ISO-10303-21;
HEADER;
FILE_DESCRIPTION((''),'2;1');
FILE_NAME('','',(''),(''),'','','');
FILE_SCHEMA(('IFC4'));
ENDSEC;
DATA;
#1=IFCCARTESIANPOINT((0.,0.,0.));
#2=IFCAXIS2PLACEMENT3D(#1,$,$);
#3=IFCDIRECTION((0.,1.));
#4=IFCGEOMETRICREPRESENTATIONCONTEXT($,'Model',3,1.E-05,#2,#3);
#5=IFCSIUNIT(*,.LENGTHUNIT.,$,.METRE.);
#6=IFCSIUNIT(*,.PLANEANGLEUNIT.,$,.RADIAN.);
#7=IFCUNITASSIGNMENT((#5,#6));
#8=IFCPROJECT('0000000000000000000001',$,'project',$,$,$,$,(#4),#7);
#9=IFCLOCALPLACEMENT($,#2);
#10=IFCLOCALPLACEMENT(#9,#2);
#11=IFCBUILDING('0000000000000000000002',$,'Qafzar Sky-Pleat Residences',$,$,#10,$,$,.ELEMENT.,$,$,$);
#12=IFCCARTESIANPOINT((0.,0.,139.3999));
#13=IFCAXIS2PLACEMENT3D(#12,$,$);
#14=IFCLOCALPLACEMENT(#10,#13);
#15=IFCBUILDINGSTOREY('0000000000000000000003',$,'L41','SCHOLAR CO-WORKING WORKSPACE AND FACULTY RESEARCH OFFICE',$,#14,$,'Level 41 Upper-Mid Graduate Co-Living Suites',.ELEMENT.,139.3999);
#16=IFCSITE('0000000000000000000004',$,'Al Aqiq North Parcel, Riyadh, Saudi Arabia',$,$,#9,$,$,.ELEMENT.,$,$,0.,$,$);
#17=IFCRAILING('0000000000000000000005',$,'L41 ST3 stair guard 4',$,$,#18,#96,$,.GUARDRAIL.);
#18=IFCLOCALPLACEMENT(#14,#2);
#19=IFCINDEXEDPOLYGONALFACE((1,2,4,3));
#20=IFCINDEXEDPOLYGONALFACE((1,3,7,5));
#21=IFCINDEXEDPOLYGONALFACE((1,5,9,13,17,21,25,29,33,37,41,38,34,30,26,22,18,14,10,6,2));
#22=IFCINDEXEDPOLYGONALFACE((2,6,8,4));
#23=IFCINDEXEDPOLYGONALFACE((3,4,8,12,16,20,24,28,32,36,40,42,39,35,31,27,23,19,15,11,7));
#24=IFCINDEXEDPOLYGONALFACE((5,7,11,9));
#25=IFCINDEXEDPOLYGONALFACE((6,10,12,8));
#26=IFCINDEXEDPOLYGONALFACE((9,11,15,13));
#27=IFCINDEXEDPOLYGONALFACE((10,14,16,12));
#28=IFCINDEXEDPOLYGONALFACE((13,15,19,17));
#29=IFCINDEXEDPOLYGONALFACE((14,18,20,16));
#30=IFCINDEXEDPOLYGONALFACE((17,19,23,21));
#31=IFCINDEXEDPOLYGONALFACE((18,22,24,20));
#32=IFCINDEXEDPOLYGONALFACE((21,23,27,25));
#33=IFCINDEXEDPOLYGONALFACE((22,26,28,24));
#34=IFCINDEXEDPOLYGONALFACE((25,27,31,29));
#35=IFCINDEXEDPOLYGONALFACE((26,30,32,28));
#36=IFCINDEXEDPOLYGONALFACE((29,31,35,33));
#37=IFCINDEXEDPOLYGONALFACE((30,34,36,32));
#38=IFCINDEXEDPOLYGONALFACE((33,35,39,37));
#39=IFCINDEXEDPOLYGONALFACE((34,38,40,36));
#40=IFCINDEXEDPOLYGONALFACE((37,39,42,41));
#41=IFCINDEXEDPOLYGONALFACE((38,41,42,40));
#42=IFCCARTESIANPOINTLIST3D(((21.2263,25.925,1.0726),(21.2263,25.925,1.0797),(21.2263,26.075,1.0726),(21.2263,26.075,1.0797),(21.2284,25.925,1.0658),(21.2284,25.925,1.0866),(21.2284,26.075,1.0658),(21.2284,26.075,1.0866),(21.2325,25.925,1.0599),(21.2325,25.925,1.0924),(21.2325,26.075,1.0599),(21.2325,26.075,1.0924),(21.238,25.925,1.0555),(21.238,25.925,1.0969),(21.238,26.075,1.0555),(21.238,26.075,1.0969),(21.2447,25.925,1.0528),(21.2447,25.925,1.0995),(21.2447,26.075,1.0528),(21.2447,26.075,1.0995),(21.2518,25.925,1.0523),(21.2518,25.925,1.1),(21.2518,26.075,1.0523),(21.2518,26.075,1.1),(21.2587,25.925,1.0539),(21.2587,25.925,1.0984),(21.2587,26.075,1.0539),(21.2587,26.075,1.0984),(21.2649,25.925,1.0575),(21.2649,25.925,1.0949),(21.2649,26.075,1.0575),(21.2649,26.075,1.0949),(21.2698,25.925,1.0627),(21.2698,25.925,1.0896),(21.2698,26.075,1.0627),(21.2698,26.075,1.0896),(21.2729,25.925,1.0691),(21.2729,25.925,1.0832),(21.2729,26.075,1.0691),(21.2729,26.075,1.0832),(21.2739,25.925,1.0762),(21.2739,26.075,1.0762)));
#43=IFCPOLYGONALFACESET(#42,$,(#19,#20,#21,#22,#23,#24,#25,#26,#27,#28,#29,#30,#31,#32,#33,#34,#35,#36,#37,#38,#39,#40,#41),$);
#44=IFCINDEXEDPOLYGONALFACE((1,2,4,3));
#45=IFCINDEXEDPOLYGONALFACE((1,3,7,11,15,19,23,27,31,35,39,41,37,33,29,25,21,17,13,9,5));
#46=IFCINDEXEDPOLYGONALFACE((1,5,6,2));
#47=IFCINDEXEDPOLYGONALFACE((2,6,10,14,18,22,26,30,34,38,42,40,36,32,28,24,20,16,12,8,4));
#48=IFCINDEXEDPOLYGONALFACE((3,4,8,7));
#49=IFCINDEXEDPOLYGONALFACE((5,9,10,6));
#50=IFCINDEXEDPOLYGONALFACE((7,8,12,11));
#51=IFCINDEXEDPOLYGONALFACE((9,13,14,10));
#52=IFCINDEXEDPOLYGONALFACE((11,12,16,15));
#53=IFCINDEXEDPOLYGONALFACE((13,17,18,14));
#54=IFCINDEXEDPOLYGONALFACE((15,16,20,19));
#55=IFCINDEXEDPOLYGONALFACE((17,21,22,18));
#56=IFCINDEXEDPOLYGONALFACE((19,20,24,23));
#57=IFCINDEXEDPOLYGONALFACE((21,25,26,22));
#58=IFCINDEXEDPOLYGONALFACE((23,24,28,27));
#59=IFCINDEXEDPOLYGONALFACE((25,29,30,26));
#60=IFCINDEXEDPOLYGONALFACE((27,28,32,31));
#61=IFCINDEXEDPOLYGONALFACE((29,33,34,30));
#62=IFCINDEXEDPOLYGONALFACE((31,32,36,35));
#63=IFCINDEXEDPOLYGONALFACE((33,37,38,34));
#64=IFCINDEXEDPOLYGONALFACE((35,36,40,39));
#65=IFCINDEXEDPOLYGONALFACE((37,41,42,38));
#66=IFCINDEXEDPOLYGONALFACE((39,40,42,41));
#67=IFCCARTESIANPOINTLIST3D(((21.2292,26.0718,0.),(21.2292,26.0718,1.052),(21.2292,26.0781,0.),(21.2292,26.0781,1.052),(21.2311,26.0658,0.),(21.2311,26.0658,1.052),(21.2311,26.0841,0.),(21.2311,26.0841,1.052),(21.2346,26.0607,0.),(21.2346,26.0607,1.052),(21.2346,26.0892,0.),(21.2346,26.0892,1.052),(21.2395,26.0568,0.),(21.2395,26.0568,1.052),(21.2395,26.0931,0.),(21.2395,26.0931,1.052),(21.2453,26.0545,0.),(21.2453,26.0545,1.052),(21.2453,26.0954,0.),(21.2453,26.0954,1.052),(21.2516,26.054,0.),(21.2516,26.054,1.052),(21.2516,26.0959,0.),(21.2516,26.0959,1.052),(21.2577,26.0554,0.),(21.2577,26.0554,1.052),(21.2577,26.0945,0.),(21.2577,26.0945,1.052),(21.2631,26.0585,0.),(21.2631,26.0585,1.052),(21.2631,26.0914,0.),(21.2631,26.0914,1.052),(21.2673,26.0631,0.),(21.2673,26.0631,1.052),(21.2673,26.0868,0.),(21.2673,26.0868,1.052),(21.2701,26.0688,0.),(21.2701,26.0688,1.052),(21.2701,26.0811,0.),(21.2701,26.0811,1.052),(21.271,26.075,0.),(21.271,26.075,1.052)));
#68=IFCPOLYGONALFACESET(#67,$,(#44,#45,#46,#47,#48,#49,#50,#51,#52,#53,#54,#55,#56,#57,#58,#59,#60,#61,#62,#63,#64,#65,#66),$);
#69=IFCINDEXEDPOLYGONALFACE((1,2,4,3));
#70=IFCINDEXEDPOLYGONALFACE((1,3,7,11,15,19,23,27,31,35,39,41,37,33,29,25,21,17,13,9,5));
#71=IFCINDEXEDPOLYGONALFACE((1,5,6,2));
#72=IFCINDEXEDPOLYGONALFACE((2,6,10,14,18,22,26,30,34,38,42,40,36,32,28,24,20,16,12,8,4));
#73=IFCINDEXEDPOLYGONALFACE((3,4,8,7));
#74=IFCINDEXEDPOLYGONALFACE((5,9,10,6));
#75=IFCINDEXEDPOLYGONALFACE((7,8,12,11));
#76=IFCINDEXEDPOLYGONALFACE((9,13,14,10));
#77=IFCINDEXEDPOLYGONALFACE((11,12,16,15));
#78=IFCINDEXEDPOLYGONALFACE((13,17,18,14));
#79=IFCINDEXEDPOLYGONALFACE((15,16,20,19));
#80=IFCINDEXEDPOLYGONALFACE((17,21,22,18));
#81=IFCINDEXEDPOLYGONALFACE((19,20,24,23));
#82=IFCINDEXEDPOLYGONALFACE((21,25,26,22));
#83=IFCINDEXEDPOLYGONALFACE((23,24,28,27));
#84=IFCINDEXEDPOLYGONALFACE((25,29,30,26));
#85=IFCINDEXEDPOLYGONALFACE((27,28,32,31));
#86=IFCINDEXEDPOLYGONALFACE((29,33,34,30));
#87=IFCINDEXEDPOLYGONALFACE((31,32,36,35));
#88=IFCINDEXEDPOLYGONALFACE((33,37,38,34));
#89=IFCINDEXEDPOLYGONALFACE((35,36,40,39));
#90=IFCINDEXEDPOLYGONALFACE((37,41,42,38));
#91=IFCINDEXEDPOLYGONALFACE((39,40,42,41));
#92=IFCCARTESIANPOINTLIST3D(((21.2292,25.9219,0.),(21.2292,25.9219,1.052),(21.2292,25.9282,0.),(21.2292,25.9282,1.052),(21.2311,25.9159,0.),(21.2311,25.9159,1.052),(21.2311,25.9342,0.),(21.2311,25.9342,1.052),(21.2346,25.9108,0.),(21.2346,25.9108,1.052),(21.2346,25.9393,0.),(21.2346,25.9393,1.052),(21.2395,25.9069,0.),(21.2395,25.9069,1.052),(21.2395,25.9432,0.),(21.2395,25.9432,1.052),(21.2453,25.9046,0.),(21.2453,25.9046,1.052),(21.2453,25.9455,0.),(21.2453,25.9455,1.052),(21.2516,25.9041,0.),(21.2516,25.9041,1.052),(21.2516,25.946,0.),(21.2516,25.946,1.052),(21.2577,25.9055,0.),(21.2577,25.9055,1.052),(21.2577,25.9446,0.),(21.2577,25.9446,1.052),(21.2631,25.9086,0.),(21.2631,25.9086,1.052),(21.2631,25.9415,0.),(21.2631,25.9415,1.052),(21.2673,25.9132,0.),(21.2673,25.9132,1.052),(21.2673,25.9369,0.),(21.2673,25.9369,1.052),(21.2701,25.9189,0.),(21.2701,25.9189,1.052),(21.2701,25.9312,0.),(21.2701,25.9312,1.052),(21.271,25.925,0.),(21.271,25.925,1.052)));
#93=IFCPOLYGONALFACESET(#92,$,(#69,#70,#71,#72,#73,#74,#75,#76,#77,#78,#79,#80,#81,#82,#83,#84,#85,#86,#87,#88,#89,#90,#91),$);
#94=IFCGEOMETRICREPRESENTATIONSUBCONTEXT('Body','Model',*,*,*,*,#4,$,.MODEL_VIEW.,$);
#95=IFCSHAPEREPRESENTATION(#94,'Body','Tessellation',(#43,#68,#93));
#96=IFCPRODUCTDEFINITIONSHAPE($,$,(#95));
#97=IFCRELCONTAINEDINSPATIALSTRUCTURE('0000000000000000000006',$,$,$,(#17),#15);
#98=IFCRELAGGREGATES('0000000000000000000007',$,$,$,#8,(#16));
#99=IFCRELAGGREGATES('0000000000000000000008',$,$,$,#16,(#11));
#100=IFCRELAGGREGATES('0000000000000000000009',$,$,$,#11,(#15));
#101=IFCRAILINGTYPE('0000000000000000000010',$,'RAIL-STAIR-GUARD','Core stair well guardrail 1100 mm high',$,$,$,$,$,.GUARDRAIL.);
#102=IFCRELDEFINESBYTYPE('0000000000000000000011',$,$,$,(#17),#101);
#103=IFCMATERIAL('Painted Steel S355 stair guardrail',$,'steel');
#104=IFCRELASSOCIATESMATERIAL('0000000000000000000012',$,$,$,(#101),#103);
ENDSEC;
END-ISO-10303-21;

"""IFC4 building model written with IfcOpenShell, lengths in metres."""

from ifc_helpers import new_model, si_unit, direction, frame, origin, origin_2d, place, context, subcontext, project, spatial, circle, extrude, source, transform, mapped, material, type_object, element, save


model = new_model("IFC4")

# Units and contexts
model_context = context("Model", 3, precision=1e-05, world=origin(), true_north=direction((0.0, 1.0)))
body_context = subcontext(model_context, "Body", "Model", "MODEL_VIEW")
ifc_project = project(units=[si_unit("LENGTHUNIT", "METRE"), si_unit("PLANEANGLEUNIT", "RADIAN")], contexts=[model_context])

# Site, building, storey
site_placement = place(None, origin())
site = spatial("IfcSite", under=ifc_project, at=site_placement, Name="Al Aqiq North Parcel, Riyadh, Saudi Arabia", CompositionType="ELEMENT", RefElevation=0.0)
building_placement = place(site_placement, origin())
building = spatial("IfcBuilding", under=site, at=building_placement, Name="Qafzar Sky-Pleat Residences", CompositionType="ELEMENT")
storey_placement = place(building_placement, frame((0.0, 0.0, 139.3999)))
storey = spatial("IfcBuildingStorey", under=building, at=storey_placement, Name="L41", Description="SCHOLAR CO-WORKING WORKSPACE AND FACULTY RESEARCH OFFICE", LongName="Level 41 Upper-Mid Graduate Co-Living Suites", CompositionType="ELEMENT", Elevation=139.3999)

# Railing
ifc_material_1 = material(Name="Painted Steel S355 stair guardrail", Category="steel")
railing_type_1 = type_object("IfcRailingType", Name="RAIL-STAIR-GUARD", Description="Core stair well guardrail 1100 mm high", PredefinedType="GUARDRAIL", material=ifc_material_1)
shared_shape_1 = source(origin(), body_context, "Body", "SweptSolid", [
    extrude(circle(Radius=0.0239, at=origin_2d()), frame((0.0, 0.0, 1.0762), z_axis=(0.0, -1.0, 0.0), x_axis=(1.0, 0.0, 0.0)), (0.0, 0.0, 1.0), 0.1499),
    extrude(circle(Radius=0.021, at=origin_2d()), origin(), (0.0, 0.0, 1.0), 1.052),
    extrude(circle(Radius=0.021, at=origin_2d()), frame((0.0, -0.1499, 0.0)), (0.0, 0.0, 1.0), 1.052),
])
for number, where, name in (
    (1, (21.25, 26.075, 0.0), "L41 ST3 stair guard 4"),
):
    element("IfcRailing", number, at=place(storey_placement, frame(where)), inside=storey, type_object=railing_type_1, Name=name, PredefinedType="GUARDRAIL", context=body_context, shape_type="MappedRepresentation", body=[
        mapped(shared_shape_1, transform((0.0, 0.0, 0.0), x_axis=(1.0, 0.0, 0.0), y_axis=(0.0, 1.0, 0.0), z_axis=(0.0, 0.0, 1.0), scale=1.0)),
    ])

save(model, "model.ifc")
